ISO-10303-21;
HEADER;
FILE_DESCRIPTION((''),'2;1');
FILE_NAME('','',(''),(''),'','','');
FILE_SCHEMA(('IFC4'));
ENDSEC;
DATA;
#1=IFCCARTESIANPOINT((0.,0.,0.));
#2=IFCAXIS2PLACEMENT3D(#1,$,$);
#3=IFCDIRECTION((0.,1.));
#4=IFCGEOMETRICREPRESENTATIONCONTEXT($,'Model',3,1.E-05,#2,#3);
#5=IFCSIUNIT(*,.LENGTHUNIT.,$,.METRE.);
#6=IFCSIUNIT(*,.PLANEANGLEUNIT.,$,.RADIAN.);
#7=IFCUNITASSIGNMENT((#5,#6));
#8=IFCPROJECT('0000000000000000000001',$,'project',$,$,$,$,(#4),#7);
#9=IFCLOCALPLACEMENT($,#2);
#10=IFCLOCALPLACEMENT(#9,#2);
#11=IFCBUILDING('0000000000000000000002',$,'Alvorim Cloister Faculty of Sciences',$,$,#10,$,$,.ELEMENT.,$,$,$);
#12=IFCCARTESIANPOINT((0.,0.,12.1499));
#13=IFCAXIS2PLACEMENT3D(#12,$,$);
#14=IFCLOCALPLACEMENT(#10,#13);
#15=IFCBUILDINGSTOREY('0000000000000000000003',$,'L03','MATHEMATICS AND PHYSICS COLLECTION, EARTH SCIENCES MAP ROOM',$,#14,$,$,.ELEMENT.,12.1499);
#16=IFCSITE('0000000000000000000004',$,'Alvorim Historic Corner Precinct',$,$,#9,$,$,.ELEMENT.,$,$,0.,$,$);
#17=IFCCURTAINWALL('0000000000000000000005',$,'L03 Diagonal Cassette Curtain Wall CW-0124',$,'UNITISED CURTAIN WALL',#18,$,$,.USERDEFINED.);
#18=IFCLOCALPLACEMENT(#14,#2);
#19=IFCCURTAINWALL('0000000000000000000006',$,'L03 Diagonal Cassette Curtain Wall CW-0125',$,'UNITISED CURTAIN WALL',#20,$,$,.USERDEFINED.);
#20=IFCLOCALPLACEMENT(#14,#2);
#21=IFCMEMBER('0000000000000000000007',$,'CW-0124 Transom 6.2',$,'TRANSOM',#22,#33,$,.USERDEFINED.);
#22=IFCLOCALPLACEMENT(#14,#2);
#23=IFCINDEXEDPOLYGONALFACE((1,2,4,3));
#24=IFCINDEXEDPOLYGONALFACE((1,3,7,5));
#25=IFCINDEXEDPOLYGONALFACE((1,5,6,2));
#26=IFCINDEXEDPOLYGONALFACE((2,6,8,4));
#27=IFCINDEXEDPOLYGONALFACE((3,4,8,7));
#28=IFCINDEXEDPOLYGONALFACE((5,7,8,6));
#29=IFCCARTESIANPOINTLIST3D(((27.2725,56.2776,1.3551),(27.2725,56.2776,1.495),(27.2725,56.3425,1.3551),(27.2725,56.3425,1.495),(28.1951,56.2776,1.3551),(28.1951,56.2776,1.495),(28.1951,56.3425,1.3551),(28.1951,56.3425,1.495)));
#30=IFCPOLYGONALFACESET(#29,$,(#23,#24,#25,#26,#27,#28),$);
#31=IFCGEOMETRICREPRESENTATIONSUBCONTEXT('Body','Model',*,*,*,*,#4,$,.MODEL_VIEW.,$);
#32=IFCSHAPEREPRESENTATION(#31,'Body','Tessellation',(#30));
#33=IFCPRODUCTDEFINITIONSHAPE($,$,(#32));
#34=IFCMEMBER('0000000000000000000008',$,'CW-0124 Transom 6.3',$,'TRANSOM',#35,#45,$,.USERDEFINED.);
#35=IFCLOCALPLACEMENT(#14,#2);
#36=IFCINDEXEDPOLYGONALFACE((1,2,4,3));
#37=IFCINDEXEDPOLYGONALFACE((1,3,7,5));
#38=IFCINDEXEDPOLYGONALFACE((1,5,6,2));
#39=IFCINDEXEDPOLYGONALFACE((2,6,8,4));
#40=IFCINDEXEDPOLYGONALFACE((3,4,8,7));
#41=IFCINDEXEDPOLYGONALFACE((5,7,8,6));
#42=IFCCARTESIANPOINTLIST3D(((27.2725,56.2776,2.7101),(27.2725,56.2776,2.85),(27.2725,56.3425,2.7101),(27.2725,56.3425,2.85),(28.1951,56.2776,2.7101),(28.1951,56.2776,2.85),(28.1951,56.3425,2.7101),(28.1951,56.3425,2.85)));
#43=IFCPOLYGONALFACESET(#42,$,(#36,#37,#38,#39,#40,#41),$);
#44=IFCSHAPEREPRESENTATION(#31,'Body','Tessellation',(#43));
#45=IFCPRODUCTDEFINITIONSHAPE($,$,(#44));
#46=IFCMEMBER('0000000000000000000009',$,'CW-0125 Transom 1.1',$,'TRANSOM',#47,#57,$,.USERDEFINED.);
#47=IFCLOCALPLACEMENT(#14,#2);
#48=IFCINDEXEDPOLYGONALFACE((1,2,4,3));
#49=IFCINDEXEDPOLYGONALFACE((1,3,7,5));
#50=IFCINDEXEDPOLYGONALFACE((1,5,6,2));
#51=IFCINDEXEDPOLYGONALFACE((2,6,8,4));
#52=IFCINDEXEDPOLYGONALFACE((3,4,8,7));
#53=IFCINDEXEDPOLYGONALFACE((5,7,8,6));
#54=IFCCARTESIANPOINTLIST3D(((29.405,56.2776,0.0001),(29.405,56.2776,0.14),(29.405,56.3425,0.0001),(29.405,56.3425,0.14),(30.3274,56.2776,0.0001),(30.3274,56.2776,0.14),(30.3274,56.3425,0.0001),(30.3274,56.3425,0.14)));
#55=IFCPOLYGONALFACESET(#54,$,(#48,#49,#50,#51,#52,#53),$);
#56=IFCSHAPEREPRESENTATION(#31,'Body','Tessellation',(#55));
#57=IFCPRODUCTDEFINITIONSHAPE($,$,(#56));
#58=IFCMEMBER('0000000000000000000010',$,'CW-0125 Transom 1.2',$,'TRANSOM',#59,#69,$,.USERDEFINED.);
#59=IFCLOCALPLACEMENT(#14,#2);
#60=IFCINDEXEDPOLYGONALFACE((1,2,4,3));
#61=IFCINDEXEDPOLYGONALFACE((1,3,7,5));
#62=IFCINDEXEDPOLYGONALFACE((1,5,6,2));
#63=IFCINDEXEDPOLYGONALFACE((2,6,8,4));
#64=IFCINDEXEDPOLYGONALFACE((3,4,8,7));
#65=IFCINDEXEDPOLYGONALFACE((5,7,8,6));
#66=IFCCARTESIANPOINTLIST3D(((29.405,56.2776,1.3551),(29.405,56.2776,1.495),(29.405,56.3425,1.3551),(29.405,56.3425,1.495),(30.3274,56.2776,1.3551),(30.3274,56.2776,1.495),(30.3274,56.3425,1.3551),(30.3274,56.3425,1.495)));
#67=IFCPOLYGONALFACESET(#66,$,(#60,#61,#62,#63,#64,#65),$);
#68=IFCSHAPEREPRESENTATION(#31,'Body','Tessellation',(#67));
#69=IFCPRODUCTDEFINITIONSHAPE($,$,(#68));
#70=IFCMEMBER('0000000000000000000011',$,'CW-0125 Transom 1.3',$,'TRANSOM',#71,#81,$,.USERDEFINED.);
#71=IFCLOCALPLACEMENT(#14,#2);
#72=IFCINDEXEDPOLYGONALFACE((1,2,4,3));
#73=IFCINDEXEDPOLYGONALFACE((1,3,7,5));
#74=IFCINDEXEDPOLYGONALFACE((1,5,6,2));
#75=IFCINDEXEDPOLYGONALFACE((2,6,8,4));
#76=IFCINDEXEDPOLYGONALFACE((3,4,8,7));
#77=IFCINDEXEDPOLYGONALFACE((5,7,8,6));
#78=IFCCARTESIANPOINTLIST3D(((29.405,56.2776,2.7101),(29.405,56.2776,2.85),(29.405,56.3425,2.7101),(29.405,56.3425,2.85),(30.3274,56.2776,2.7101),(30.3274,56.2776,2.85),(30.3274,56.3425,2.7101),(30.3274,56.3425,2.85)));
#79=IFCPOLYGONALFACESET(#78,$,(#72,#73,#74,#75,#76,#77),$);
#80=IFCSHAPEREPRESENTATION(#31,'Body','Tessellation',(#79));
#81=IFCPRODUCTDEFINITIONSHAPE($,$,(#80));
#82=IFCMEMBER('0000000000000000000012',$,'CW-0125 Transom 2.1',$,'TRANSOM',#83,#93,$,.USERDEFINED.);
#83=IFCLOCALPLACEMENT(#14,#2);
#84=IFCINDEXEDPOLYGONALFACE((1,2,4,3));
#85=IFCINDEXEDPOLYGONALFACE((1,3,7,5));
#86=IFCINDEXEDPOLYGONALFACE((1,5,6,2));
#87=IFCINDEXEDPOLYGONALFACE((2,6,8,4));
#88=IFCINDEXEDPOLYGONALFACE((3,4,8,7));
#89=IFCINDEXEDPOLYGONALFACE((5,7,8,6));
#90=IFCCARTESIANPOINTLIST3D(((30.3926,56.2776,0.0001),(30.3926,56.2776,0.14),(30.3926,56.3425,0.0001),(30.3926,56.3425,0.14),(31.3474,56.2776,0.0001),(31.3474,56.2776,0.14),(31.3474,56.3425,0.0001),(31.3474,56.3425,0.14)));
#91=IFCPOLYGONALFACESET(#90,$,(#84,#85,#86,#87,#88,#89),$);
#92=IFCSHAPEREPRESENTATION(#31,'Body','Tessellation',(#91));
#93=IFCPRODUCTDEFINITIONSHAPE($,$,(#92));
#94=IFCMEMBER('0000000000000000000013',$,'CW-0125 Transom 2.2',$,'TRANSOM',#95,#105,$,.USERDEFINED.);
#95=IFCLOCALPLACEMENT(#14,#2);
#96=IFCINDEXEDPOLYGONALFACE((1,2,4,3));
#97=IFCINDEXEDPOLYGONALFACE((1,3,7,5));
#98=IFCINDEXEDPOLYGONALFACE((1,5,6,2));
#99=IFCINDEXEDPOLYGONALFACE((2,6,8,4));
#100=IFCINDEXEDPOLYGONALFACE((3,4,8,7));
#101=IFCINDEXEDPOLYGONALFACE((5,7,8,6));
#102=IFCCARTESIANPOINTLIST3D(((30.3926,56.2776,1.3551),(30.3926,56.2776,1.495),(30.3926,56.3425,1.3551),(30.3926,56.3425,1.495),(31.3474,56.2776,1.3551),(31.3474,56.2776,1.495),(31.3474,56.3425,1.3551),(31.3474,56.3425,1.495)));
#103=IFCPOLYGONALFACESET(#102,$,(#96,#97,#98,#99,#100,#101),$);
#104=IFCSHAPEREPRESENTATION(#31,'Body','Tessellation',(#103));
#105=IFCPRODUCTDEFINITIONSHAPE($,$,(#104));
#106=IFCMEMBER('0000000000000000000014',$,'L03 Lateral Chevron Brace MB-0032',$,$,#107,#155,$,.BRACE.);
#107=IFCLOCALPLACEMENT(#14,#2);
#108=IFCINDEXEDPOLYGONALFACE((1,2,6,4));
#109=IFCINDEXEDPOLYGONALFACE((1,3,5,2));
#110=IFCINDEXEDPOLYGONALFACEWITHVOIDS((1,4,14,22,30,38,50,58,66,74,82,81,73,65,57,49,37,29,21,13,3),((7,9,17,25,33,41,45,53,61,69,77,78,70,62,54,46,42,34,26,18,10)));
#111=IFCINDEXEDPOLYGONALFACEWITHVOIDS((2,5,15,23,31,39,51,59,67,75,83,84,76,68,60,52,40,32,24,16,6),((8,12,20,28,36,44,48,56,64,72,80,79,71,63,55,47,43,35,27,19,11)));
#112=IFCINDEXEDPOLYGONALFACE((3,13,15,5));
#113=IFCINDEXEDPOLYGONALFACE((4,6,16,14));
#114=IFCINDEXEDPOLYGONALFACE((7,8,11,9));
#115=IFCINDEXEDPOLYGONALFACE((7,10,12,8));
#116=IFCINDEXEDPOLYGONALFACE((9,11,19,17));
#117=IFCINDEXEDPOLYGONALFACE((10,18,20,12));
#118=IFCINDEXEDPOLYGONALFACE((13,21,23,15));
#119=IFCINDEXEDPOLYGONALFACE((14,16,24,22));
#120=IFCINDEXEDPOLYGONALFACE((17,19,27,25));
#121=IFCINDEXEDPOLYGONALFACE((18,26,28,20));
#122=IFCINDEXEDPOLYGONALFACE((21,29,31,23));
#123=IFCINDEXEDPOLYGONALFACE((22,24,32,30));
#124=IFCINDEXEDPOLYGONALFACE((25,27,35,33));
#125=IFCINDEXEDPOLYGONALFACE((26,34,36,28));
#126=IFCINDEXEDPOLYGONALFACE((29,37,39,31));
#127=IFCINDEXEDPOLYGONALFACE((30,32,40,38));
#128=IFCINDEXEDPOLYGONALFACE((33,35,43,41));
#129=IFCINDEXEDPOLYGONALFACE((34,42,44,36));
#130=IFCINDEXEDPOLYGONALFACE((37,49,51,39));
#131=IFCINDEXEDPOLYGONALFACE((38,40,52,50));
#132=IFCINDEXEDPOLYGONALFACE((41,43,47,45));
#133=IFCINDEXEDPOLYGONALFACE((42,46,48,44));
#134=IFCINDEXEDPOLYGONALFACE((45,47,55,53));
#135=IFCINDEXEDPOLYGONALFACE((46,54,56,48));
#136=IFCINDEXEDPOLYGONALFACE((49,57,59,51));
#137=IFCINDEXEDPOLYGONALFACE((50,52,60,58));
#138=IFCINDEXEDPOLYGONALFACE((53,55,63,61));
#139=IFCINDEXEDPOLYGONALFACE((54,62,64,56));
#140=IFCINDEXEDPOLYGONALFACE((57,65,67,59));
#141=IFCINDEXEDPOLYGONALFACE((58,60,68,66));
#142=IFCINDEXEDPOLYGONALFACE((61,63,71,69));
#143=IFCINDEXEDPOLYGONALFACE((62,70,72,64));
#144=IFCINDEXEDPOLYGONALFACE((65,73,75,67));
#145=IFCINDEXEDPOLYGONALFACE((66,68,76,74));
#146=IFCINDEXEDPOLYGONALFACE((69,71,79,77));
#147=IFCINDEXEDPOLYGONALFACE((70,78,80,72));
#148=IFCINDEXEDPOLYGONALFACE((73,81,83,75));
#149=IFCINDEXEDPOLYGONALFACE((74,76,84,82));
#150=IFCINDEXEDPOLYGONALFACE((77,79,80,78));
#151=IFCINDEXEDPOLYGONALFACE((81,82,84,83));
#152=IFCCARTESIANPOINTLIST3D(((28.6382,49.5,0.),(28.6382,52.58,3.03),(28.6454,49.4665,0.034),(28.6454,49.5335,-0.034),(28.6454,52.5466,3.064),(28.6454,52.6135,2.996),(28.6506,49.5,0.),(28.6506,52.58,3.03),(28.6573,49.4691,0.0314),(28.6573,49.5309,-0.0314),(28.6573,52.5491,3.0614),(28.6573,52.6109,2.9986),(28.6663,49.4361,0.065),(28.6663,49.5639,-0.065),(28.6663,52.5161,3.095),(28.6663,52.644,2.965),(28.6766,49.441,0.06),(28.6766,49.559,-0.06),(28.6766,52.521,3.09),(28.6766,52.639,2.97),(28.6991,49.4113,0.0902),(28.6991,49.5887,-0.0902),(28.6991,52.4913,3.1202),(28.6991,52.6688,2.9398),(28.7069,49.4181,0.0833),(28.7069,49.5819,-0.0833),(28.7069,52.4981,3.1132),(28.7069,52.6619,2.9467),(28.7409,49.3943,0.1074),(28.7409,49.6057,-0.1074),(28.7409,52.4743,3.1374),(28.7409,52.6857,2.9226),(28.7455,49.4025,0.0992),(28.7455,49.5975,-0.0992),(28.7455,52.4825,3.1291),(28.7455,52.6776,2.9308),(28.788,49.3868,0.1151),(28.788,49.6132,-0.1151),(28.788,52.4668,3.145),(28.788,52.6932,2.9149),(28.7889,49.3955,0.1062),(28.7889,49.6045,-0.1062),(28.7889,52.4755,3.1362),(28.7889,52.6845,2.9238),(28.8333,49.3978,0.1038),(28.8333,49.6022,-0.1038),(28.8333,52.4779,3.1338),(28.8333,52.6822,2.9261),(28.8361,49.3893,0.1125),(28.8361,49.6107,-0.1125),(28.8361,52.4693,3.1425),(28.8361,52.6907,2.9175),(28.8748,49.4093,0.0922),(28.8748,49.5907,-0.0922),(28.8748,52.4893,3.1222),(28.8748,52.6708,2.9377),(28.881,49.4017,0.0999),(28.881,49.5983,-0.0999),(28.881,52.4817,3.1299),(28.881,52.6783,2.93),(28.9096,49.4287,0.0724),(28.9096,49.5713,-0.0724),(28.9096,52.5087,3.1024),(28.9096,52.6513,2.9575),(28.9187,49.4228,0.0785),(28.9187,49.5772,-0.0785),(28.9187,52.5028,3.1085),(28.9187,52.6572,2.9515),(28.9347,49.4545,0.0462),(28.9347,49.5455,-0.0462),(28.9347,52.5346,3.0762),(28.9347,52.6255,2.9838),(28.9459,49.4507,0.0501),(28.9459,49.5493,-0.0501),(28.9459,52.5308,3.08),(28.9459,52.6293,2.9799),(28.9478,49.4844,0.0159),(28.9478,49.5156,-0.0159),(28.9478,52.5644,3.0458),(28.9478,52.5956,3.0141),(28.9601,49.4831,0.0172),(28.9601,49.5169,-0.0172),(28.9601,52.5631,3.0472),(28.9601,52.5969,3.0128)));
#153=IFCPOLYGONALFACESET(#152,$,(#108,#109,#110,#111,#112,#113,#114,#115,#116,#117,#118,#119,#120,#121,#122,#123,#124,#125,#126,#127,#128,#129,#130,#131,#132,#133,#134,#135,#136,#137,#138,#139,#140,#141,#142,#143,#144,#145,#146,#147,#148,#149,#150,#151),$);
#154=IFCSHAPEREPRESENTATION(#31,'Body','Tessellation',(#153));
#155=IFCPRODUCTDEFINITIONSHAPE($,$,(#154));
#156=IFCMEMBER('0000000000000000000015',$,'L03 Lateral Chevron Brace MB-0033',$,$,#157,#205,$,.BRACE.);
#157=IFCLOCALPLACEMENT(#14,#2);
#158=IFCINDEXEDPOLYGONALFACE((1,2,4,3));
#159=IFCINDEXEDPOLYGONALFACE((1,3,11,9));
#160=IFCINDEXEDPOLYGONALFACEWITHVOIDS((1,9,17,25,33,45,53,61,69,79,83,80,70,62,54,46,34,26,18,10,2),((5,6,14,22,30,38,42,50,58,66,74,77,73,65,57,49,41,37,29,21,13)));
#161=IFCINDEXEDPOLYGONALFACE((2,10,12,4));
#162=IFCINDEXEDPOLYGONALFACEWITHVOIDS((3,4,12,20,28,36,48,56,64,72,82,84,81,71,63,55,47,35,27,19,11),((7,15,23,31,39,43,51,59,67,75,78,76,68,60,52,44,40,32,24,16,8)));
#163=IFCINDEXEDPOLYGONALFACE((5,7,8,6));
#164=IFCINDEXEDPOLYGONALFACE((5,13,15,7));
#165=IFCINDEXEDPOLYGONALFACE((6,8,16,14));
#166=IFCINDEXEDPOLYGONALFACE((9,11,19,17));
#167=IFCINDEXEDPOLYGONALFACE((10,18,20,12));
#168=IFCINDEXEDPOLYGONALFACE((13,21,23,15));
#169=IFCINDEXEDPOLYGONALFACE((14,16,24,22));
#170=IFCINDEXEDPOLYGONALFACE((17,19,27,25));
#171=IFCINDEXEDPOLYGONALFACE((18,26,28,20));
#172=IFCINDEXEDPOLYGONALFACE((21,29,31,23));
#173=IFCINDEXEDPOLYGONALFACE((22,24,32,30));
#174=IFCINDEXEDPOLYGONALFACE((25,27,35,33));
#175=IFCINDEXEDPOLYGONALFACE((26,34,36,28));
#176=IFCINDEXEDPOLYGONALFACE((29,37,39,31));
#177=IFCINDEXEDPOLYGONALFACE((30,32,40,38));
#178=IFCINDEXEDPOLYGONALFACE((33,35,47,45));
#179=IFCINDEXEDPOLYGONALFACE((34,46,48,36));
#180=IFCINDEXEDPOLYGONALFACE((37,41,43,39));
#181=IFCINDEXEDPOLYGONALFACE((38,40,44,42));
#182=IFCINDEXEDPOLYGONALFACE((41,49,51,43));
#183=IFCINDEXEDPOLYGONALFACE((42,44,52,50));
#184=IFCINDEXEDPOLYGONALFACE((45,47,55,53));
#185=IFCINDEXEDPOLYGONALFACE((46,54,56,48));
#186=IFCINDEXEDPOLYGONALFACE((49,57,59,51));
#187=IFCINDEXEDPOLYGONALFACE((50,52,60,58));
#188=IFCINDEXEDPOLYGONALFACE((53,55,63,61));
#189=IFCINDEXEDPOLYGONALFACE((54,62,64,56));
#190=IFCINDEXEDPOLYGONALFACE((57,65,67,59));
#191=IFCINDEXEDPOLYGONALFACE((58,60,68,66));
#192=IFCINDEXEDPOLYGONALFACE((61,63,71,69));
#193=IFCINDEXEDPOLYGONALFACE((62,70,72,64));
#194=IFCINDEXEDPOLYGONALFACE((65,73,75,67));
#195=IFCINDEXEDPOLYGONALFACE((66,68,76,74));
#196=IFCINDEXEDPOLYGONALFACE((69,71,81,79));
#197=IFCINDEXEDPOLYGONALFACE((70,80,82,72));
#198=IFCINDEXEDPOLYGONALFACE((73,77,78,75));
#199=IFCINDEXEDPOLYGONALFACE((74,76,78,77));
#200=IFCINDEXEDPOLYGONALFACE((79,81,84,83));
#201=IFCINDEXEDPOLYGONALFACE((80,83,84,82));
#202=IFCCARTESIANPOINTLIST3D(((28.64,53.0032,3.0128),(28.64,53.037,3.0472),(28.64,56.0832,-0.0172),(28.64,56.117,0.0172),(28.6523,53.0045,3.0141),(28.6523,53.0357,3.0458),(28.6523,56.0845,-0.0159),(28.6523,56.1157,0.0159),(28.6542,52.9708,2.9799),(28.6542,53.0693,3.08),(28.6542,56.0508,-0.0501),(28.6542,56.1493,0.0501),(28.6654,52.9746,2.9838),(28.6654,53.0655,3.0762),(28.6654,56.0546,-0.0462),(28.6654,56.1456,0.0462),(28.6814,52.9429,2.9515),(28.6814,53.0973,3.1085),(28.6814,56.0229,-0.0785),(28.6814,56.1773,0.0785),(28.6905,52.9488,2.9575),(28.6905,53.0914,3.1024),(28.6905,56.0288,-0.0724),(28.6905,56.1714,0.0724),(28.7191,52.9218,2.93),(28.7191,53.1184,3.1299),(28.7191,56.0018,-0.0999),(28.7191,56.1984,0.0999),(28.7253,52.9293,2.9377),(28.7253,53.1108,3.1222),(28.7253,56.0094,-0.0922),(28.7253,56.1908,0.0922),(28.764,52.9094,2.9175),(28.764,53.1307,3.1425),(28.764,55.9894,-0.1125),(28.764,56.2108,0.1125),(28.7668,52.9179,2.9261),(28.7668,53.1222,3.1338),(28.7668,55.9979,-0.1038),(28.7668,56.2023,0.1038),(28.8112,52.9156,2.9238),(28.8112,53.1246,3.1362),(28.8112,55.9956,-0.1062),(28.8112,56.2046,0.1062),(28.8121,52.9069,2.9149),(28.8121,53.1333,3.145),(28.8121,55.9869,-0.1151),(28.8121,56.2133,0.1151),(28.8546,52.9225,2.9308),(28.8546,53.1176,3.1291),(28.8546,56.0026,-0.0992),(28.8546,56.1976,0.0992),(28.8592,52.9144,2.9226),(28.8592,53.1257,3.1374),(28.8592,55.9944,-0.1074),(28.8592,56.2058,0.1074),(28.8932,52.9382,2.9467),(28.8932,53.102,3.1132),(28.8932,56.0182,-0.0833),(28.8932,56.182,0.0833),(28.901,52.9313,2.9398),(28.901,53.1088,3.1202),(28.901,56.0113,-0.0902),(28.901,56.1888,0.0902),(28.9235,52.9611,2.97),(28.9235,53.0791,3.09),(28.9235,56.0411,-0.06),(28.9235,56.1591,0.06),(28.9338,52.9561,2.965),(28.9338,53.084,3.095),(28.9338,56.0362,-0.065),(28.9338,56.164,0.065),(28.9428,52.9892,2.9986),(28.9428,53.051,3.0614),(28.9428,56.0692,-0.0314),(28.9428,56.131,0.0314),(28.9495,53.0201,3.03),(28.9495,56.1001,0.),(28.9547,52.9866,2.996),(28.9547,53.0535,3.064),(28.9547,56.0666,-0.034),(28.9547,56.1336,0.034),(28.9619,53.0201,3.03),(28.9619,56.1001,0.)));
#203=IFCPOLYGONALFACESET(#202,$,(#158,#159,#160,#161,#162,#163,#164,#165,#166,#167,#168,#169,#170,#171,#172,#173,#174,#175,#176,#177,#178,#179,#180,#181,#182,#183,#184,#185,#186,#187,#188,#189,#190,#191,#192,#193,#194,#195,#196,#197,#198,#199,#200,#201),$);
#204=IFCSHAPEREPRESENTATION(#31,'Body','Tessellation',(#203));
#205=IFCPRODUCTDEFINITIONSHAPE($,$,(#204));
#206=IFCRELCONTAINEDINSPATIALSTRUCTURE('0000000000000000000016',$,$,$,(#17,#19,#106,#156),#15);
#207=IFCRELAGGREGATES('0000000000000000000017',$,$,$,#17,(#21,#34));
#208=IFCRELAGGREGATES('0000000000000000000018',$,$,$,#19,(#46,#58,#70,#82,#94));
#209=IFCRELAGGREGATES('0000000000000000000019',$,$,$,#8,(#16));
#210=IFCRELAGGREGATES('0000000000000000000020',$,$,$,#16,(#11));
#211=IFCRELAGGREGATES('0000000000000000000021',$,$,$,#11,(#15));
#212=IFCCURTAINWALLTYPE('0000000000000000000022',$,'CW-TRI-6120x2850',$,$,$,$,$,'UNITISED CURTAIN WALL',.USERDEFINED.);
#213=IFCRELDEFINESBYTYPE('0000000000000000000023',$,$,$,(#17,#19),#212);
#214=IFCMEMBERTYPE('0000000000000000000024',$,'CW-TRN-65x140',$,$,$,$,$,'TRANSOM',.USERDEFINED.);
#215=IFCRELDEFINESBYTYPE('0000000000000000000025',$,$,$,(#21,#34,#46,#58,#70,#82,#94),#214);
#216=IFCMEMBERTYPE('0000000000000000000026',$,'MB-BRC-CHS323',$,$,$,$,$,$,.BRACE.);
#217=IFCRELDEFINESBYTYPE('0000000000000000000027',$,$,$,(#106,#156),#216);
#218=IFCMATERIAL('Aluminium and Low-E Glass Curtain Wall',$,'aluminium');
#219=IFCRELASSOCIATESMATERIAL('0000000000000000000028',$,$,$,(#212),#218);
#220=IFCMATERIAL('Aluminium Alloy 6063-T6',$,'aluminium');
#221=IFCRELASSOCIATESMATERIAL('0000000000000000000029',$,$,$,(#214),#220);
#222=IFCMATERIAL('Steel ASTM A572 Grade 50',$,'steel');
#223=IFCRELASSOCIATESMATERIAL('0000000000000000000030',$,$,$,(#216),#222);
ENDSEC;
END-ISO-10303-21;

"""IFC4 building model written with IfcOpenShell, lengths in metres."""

from ifc_helpers import new_model, si_unit, direction, frame, origin, origin_2d, place, context, subcontext, project, spatial, rectangle, hollow_circle, extrude, material, material_profile, profile_set, type_object, element, aggregate, save


model = new_model("IFC4")

# Units and contexts
model_context = context("Model", 3, precision=1e-05, world=origin(), true_north=direction((0.0, 1.0)))
body_context = subcontext(model_context, "Body", "Model", "MODEL_VIEW")
ifc_project = project(units=[si_unit("LENGTHUNIT", "METRE"), si_unit("PLANEANGLEUNIT", "RADIAN")], contexts=[model_context])

# Site, building, storey
site_placement = place(None, origin())
site = spatial("IfcSite", under=ifc_project, at=site_placement, Name="Alvorim Historic Corner Precinct", CompositionType="ELEMENT", RefElevation=0.0)
building_placement = place(site_placement, origin())
building = spatial("IfcBuilding", under=site, at=building_placement, Name="Alvorim Cloister Faculty of Sciences", CompositionType="ELEMENT")
storey_placement = place(building_placement, frame((0.0, 0.0, 12.1499)))
storey = spatial("IfcBuildingStorey", under=building, at=storey_placement, Name="L03", Description="MATHEMATICS AND PHYSICS COLLECTION, EARTH SCIENCES MAP ROOM", CompositionType="ELEMENT", Elevation=12.1499)

# Curtain walls
ifc_material_1 = material(Name="Aluminium and Low-E Glass Curtain Wall", Category="aluminium")
curtain_wall_type = type_object("IfcCurtainWallType", Name="CW-TRI-6120x2850", ElementType="UNITISED CURTAIN WALL", PredefinedType="USERDEFINED", material=ifc_material_1)
curtain_wall_1_placement = place(storey_placement, origin())
curtain_wall_1 = element("IfcCurtainWall", 1, at=curtain_wall_1_placement, inside=storey, type_object=curtain_wall_type, Name="L03 Diagonal Cassette Curtain Wall CW-0124", ObjectType="UNITISED CURTAIN WALL", PredefinedType="USERDEFINED")
ifc_material_2 = material(Name="Aluminium Alloy 6063-T6", Category="aluminium")
curtain_wall_2_placement = place(storey_placement, origin())
curtain_wall_2 = element("IfcCurtainWall", 2, at=curtain_wall_2_placement, inside=storey, type_object=curtain_wall_type, Name="L03 Diagonal Cassette Curtain Wall CW-0125", ObjectType="UNITISED CURTAIN WALL", PredefinedType="USERDEFINED")

# Members
ifc_material_profile_1 = material_profile(ifc_material_2, rectangle(XDim=0.0649, YDim=0.1399, at=origin_2d()), Name="ALU-TRN-65x140")
ifc_profile_set_1 = profile_set([ifc_material_profile_1], Name="Aluminium Alloy 6063-T6")
member_type_1 = type_object("IfcMemberType", Name="CW-TRN-65x140", ElementType="TRANSOM", PredefinedType="USERDEFINED", material=ifc_profile_set_1)
member_1_placement = place(storey_placement, frame((27.2725, 56.3101, 1.425), z_axis=(1.0, 0.0, 0.0), x_axis=(0.0, 1.0, 0.0)))
member_1 = element("IfcMember", 3, at=member_1_placement, type_object=member_type_1, Name="CW-0124 Transom 6.2", ObjectType="TRANSOM", PredefinedType="USERDEFINED", context=body_context, shape_type="SweptSolid", body=[
    extrude(rectangle(XDim=0.0649, YDim=0.1399, at=origin_2d()), origin(), (0.0, 0.0, 1.0), 0.9226),
])
member_2_placement = place(storey_placement, frame((27.2725, 56.3101, 2.78), z_axis=(1.0, 0.0, 0.0), x_axis=(0.0, 1.0, 0.0)))
member_2 = element("IfcMember", 4, at=member_2_placement, type_object=member_type_1, Name="CW-0124 Transom 6.3", ObjectType="TRANSOM", PredefinedType="USERDEFINED", context=body_context, shape_type="SweptSolid", body=[
    extrude(rectangle(XDim=0.0649, YDim=0.1399, at=origin_2d()), origin(), (0.0, 0.0, 1.0), 0.9226),
])
aggregate(curtain_wall_1, [member_1, member_2])
member_3_placement = place(storey_placement, frame((29.405, 56.3101, 0.0701), z_axis=(1.0, 0.0, 0.0), x_axis=(0.0, 1.0, 0.0)))
member_3 = element("IfcMember", 5, at=member_3_placement, type_object=member_type_1, Name="CW-0125 Transom 1.1", ObjectType="TRANSOM", PredefinedType="USERDEFINED", context=body_context, shape_type="SweptSolid", body=[
    extrude(rectangle(XDim=0.0649, YDim=0.1399, at=origin_2d()), origin(), (0.0, 0.0, 1.0), 0.9224),
])
member_4_placement = place(storey_placement, frame((29.405, 56.3101, 1.425), z_axis=(1.0, 0.0, 0.0), x_axis=(0.0, 1.0, 0.0)))
member_4 = element("IfcMember", 6, at=member_4_placement, type_object=member_type_1, Name="CW-0125 Transom 1.2", ObjectType="TRANSOM", PredefinedType="USERDEFINED", context=body_context, shape_type="SweptSolid", body=[
    extrude(rectangle(XDim=0.0649, YDim=0.1399, at=origin_2d()), origin(), (0.0, 0.0, 1.0), 0.9224),
])
member_5_placement = place(storey_placement, frame((29.405, 56.3101, 2.78), z_axis=(1.0, 0.0, 0.0), x_axis=(0.0, 1.0, 0.0)))
member_5 = element("IfcMember", 7, at=member_5_placement, type_object=member_type_1, Name="CW-0125 Transom 1.3", ObjectType="TRANSOM", PredefinedType="USERDEFINED", context=body_context, shape_type="SweptSolid", body=[
    extrude(rectangle(XDim=0.0649, YDim=0.1399, at=origin_2d()), origin(), (0.0, 0.0, 1.0), 0.9224),
])
member_6_placement = place(storey_placement, frame((30.3926, 56.3101, 0.0701), z_axis=(1.0, 0.0, 0.0), x_axis=(0.0, 1.0, 0.0)))
member_6 = element("IfcMember", 8, at=member_6_placement, type_object=member_type_1, Name="CW-0125 Transom 2.1", ObjectType="TRANSOM", PredefinedType="USERDEFINED", context=body_context, shape_type="SweptSolid", body=[
    extrude(rectangle(XDim=0.0649, YDim=0.1399, at=origin_2d()), origin(), (0.0, 0.0, 1.0), 0.9548),
])
member_7_placement = place(storey_placement, frame((30.3926, 56.3101, 1.425), z_axis=(1.0, 0.0, 0.0), x_axis=(0.0, 1.0, 0.0)))
member_7 = element("IfcMember", 9, at=member_7_placement, type_object=member_type_1, Name="CW-0125 Transom 2.2", ObjectType="TRANSOM", PredefinedType="USERDEFINED", context=body_context, shape_type="SweptSolid", body=[
    extrude(rectangle(XDim=0.0649, YDim=0.1399, at=origin_2d()), origin(), (0.0, 0.0, 1.0), 0.9548),
])
aggregate(curtain_wall_2, [member_3, member_4, member_5, member_6, member_7])

# Members
ifc_material_3 = material(Name="Steel ASTM A572 Grade 50", Category="steel")
ifc_material_profile_2 = material_profile(ifc_material_3, hollow_circle(Radius=0.1619, WallThickness=0.0125, at=origin_2d()), Name="CHS323.9x12.5")
ifc_profile_set_2 = profile_set([ifc_material_profile_2], Name="Steel ASTM A572 Grade 50")
member_type_2 = type_object("IfcMemberType", Name="MB-BRC-CHS323", PredefinedType="BRACE", material=ifc_profile_set_2)
for number, where, z_axis, x_axis, name in (
    (10, (28.8, 49.5, 0.0), (0.0, 0.712875, 0.701291), (-1.0, 0.0, 0.0), "L03 Lateral Chevron Brace MB-0032"),
    (11, (28.8, 56.1001, 0.0), (0.0, -0.712875, 0.701291), (1.0, 0.0, 0.0), "L03 Lateral Chevron Brace MB-0033"),
):
    element("IfcMember", number, at=place(storey_placement, frame(where, z_axis=z_axis, x_axis=x_axis)), inside=storey, type_object=member_type_2, Name=name, PredefinedType="BRACE", context=body_context, shape_type="SweptSolid", body=[
        extrude(hollow_circle(Radius=0.1619, WallThickness=0.0125, at=origin_2d()), origin(), (0.0, 0.0, 1.0), 4.3206),
    ])

save(model, "model.ifc")
